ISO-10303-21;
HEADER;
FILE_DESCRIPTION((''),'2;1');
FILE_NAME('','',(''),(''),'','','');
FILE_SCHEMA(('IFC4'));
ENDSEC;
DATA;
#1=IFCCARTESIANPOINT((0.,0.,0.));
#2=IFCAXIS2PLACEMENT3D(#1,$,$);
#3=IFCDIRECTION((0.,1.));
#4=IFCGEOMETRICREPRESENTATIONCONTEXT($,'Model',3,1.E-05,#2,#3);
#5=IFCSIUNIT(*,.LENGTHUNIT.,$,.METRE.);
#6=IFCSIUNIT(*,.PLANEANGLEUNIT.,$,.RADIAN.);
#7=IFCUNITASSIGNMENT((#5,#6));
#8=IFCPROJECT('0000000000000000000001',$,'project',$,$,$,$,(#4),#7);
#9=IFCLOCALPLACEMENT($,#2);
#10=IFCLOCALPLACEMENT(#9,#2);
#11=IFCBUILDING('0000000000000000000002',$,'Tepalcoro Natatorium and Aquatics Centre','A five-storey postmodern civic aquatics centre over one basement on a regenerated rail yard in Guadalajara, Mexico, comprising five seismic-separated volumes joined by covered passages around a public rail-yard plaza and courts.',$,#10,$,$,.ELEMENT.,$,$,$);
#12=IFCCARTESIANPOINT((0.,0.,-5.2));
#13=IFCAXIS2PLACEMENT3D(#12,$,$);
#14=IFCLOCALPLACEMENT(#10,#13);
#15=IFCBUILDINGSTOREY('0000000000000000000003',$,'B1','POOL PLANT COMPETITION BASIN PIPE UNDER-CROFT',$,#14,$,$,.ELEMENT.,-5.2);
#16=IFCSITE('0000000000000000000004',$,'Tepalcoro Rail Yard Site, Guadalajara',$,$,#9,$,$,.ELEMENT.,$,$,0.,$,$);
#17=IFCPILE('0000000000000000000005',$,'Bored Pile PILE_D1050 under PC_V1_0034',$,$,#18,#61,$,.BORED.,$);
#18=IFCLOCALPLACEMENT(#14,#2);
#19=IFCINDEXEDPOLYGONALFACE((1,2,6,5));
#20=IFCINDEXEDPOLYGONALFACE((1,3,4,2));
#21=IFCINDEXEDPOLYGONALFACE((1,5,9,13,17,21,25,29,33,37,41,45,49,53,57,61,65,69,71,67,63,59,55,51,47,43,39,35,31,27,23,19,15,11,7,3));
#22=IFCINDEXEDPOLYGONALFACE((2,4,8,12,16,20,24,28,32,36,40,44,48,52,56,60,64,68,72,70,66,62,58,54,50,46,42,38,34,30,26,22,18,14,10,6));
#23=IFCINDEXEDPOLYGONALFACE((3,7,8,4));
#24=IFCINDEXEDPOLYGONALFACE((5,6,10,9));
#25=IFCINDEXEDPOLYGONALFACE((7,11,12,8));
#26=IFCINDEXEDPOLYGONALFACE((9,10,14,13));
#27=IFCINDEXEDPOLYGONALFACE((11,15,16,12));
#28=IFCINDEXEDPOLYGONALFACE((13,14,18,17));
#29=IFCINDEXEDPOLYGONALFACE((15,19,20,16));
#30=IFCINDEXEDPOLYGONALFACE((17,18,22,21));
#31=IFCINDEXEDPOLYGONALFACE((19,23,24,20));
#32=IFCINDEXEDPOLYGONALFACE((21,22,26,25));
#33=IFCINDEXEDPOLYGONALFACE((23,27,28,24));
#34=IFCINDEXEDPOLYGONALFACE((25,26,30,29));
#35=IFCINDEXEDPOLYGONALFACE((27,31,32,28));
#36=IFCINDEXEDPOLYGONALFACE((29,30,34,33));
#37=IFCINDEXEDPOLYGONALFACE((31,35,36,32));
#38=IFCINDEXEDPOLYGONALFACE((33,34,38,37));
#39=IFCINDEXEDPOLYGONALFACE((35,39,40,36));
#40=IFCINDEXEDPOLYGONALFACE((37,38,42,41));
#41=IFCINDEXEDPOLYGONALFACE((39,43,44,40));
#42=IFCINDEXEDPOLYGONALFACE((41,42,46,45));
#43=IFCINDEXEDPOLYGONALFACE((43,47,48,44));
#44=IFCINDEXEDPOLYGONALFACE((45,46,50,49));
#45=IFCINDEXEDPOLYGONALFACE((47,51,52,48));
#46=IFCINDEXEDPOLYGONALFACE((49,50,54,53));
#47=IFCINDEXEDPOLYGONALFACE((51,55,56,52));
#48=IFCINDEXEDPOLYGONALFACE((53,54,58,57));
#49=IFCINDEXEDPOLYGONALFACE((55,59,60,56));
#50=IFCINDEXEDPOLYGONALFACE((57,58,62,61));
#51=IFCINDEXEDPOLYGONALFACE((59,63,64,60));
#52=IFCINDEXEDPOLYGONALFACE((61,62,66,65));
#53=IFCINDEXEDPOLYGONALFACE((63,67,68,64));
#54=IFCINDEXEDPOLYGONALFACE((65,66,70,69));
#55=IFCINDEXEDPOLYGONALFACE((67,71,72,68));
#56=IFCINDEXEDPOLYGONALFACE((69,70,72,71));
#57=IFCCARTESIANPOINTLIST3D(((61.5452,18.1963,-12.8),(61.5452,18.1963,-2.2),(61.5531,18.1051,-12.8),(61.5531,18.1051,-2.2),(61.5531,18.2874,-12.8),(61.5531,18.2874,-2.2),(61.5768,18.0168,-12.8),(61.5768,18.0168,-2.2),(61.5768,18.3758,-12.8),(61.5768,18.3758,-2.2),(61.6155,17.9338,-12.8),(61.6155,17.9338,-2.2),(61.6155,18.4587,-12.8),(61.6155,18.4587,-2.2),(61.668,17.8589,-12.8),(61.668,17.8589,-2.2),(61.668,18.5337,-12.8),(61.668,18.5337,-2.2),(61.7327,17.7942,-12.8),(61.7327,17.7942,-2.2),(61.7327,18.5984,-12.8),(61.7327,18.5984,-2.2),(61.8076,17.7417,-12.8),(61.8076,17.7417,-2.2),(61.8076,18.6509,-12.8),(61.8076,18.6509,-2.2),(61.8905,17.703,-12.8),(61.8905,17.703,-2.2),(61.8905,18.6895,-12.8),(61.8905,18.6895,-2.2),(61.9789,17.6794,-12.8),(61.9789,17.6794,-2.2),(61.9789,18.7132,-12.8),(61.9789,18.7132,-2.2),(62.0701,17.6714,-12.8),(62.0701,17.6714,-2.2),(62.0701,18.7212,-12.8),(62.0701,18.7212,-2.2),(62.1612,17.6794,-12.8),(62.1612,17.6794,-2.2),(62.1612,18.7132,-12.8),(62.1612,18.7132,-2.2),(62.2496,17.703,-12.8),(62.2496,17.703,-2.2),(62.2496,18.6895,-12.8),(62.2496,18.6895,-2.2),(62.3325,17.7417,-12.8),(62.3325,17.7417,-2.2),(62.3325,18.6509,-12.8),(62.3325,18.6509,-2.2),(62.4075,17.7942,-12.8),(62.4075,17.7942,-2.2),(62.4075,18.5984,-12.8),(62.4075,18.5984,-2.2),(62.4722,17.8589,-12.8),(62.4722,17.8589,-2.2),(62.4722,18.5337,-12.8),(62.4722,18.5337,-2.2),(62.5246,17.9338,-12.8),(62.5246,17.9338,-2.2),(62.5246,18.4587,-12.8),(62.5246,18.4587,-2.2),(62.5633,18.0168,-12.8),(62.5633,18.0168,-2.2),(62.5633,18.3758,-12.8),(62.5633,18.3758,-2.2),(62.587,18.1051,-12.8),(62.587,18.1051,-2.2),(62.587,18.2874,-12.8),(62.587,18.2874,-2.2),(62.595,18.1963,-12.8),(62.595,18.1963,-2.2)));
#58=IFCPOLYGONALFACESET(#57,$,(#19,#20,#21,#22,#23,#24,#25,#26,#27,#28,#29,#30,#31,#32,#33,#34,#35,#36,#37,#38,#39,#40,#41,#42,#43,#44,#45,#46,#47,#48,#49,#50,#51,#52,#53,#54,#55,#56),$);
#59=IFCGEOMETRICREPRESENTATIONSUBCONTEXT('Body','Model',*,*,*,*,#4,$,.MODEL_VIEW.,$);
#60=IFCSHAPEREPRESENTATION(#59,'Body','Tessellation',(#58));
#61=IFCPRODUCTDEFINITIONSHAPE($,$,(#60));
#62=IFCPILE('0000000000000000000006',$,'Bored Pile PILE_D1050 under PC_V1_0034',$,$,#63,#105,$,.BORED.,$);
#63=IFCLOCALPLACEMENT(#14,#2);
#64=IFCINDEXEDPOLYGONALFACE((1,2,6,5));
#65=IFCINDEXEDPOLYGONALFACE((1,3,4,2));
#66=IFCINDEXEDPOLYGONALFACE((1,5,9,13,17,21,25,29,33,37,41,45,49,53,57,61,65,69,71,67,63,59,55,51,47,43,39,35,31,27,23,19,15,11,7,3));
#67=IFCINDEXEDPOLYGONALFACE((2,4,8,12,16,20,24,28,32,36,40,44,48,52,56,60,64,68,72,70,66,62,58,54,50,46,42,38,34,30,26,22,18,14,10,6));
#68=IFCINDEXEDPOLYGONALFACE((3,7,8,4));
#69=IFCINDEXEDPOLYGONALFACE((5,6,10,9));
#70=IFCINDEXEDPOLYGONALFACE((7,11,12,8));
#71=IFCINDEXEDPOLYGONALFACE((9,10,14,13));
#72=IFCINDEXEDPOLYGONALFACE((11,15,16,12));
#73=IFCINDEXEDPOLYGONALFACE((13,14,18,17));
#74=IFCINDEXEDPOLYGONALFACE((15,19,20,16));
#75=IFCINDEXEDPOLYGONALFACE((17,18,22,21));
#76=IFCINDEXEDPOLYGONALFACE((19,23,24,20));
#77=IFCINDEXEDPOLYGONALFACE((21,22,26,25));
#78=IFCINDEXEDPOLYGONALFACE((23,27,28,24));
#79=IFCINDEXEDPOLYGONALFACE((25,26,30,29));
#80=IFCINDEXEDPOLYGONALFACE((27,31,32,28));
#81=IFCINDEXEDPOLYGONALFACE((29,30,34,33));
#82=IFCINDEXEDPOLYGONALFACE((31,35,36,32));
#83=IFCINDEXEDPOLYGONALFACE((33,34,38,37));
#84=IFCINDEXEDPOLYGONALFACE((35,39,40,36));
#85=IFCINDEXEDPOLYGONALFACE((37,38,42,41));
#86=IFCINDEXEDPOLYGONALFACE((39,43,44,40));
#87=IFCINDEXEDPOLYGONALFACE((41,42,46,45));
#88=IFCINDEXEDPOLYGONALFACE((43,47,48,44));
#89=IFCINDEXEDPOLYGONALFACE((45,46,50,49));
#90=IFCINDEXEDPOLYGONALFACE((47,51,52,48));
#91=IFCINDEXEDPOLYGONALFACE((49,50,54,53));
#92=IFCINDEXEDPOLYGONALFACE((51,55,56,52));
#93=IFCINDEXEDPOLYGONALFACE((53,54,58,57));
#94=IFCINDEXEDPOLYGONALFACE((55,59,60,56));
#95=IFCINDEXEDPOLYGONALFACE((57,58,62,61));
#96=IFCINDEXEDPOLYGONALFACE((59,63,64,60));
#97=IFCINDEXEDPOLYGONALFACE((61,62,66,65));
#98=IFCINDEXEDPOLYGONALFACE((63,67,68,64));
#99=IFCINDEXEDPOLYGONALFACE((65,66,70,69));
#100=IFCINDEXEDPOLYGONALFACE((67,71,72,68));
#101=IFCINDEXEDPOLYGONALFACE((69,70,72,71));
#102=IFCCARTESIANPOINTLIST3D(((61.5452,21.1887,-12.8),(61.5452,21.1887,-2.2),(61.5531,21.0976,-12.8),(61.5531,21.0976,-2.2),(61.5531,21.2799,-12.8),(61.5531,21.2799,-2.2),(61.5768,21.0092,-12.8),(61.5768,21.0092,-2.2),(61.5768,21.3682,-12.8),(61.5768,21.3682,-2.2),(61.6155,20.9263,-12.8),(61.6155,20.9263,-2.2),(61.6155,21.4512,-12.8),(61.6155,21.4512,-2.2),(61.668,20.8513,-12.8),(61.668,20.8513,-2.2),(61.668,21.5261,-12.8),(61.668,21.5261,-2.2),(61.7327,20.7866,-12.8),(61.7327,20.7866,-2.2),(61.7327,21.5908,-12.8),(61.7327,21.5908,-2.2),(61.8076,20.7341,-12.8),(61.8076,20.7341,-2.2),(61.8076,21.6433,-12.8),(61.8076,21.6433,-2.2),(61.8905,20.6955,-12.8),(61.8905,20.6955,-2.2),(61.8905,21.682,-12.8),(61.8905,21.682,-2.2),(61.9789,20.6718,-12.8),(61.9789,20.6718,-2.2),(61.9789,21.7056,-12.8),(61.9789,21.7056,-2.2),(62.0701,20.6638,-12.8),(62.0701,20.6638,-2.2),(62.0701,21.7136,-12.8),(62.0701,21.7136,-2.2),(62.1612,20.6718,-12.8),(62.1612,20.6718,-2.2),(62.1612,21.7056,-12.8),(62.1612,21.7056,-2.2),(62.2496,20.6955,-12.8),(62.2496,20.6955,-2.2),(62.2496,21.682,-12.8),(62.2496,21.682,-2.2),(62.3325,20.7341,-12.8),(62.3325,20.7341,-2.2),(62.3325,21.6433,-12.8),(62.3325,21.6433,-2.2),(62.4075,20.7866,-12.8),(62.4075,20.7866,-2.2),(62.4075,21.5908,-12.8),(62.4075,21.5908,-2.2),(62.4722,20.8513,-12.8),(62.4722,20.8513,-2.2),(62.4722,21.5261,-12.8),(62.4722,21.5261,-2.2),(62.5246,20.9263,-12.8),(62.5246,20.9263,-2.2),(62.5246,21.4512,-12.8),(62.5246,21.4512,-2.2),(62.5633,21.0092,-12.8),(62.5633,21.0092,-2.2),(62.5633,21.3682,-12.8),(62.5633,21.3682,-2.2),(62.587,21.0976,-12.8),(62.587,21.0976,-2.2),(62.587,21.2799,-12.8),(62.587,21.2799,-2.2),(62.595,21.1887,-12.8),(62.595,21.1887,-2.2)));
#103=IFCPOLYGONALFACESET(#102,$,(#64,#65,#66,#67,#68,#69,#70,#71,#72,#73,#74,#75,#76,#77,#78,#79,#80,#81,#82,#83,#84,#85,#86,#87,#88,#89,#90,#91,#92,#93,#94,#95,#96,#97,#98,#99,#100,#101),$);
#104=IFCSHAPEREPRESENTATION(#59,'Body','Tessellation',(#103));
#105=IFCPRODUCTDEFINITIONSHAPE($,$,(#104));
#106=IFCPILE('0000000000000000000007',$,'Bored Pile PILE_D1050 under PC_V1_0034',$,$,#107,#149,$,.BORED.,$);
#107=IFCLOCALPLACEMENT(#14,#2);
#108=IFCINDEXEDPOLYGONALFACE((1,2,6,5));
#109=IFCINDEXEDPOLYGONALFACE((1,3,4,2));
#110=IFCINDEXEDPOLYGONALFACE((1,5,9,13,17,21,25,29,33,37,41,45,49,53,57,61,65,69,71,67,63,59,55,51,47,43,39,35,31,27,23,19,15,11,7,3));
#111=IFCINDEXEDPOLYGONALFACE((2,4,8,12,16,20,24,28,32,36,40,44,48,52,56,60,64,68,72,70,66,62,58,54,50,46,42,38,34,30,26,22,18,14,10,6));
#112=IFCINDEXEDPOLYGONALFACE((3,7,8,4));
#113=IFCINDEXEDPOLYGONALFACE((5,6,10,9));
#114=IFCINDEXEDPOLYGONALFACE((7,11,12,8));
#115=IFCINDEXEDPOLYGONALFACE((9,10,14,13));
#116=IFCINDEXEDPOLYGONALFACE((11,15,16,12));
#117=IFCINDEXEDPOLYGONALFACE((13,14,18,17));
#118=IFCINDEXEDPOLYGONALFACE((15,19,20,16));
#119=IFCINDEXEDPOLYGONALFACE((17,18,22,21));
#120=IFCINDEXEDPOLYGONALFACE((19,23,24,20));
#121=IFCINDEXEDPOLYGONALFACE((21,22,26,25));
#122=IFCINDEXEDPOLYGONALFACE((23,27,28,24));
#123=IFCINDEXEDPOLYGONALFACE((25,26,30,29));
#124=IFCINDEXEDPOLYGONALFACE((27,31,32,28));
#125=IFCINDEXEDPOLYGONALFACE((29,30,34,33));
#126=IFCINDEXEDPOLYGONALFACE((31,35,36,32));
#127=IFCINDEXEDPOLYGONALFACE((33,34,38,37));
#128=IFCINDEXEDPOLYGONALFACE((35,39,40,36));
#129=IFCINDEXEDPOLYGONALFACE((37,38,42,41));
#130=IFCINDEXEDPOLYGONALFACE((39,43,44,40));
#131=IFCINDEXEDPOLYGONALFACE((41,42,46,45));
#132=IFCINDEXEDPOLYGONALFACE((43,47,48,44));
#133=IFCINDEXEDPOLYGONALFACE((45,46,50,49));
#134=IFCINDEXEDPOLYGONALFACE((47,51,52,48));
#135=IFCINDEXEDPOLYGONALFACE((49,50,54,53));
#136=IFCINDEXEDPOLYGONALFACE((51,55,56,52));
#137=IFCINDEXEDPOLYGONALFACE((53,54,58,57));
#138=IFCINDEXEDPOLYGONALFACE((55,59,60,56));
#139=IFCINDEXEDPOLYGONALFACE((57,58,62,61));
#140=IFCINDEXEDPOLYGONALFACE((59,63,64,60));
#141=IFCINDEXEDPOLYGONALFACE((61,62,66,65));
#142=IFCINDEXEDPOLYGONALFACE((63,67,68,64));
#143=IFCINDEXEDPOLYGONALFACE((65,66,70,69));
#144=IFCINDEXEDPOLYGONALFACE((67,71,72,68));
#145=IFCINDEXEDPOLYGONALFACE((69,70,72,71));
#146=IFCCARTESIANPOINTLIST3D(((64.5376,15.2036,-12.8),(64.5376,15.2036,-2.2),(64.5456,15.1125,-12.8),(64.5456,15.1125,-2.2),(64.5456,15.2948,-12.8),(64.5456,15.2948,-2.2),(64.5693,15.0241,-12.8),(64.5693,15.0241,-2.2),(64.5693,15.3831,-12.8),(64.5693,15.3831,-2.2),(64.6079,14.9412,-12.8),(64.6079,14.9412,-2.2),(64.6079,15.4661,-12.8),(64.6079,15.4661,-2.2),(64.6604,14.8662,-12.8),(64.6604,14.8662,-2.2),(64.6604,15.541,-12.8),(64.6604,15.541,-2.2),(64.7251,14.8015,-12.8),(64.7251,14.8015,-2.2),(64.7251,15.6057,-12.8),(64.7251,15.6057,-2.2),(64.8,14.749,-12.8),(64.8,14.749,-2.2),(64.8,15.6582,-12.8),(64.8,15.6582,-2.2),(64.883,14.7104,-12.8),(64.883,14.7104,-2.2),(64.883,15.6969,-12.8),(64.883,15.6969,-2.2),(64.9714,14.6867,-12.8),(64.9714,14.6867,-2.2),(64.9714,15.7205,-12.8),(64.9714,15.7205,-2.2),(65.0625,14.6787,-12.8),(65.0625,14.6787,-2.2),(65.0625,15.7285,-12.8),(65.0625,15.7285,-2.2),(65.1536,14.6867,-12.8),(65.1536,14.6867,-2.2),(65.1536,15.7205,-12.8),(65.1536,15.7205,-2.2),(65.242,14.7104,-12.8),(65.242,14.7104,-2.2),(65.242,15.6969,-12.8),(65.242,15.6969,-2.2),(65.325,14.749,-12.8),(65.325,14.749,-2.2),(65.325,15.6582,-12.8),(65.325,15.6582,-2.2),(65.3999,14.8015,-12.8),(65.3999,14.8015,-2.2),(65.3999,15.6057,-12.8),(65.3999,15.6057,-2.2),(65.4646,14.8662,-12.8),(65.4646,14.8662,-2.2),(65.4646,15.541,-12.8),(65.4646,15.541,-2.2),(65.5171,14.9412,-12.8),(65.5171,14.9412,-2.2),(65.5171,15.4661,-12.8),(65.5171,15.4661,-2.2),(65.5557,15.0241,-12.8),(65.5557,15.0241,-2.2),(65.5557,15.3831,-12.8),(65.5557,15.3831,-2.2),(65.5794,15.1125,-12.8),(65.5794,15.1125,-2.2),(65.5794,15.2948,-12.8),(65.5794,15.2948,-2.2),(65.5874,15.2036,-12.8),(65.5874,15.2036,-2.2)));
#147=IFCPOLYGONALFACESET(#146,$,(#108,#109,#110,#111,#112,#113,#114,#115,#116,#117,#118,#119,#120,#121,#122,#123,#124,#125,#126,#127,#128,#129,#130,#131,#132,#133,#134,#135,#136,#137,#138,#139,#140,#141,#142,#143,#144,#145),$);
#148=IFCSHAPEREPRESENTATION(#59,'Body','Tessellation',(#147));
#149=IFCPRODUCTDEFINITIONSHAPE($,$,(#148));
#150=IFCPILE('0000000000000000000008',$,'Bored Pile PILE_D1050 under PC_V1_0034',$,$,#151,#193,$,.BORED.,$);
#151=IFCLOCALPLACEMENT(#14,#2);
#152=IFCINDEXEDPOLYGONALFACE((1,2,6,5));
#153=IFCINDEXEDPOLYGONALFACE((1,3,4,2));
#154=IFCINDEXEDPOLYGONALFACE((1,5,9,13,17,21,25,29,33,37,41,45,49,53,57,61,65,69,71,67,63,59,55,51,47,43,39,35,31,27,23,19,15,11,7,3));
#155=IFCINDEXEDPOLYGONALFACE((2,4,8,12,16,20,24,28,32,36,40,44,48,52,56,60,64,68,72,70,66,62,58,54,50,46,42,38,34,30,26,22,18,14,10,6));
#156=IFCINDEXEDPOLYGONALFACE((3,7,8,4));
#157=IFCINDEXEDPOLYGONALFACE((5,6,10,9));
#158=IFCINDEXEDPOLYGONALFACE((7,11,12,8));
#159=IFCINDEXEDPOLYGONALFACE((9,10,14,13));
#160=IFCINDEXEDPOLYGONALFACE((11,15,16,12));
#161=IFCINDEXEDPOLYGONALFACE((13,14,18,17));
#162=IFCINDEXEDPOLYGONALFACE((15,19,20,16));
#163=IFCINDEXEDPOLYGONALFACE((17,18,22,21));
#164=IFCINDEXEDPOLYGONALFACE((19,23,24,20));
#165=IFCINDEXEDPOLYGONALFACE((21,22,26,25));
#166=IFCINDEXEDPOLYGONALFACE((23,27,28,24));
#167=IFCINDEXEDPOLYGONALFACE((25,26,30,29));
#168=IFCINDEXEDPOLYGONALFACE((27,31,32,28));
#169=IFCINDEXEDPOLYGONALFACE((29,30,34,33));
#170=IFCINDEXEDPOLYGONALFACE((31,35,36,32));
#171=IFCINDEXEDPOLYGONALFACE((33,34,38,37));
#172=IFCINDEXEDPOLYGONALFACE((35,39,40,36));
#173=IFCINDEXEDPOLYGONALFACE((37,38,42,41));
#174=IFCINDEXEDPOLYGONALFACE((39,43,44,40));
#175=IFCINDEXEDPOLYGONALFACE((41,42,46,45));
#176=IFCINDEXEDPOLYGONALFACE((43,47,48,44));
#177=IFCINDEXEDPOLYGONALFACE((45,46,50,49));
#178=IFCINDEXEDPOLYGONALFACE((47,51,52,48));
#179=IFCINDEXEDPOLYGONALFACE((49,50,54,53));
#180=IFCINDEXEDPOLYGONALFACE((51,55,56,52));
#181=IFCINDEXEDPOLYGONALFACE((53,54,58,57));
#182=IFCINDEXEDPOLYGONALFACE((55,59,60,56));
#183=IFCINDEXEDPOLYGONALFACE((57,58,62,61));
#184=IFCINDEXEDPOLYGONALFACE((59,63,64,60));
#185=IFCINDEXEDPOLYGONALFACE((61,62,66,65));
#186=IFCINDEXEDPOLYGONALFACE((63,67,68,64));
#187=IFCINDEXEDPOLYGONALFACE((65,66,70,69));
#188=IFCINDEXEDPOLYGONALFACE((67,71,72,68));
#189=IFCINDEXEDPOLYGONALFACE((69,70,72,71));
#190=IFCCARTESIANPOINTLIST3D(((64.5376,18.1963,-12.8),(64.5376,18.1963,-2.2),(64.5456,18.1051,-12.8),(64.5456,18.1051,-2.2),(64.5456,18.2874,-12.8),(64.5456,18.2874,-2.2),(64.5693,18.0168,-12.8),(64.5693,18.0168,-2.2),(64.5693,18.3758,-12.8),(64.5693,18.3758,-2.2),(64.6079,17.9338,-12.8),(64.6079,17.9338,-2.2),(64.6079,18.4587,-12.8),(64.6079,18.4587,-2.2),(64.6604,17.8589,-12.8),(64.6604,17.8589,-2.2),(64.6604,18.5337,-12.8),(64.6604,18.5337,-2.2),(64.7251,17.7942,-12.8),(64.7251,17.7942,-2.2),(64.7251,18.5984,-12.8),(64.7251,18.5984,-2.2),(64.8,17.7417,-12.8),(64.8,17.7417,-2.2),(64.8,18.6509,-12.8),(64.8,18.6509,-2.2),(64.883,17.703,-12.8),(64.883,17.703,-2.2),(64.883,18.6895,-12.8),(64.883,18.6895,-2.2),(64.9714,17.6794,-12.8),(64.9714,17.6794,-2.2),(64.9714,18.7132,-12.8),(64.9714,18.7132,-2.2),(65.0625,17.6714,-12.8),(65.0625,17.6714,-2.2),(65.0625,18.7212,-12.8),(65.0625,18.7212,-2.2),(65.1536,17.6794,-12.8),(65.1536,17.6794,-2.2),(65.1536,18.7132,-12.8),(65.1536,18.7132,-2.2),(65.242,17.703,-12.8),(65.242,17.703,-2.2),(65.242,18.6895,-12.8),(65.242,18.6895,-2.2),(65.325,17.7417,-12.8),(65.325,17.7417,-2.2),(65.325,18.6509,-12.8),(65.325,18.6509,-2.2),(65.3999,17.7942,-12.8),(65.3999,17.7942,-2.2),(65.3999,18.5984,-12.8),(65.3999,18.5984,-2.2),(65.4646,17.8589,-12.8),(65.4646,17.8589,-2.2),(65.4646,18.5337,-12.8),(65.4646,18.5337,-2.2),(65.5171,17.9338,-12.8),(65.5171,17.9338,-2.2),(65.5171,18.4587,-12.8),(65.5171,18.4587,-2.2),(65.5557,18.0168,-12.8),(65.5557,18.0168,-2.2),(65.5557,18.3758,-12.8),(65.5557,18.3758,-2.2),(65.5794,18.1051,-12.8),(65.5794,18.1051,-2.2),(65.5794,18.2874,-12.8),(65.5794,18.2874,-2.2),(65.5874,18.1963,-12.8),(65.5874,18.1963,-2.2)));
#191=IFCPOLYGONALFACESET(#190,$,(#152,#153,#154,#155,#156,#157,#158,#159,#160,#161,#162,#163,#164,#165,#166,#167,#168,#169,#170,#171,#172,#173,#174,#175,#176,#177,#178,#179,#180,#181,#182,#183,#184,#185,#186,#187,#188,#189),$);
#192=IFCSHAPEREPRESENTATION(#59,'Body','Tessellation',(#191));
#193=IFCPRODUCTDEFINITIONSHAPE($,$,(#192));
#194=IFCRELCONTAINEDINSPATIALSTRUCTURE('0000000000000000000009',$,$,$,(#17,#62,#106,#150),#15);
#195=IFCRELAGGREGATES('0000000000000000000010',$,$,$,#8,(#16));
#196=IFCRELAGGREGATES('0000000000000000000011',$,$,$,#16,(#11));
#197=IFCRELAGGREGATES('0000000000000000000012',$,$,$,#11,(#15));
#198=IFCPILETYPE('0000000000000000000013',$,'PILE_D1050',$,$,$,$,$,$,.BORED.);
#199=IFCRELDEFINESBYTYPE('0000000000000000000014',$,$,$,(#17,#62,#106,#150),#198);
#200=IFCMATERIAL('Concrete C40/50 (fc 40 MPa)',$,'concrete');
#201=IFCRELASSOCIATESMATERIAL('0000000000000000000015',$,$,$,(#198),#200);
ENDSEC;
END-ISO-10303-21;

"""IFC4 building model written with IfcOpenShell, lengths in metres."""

from ifc_helpers import new_model, si_unit, direction, frame, origin, origin_2d, place, context, subcontext, project, spatial, circle, extrude, material, material_profile, profile_set, type_object, element, save


model = new_model("IFC4")

# Units and contexts
model_context = context("Model", 3, precision=1e-05, world=origin(), true_north=direction((0.0, 1.0)))
body_context = subcontext(model_context, "Body", "Model", "MODEL_VIEW")
ifc_project = project(units=[si_unit("LENGTHUNIT", "METRE"), si_unit("PLANEANGLEUNIT", "RADIAN")], contexts=[model_context])

# Site, building, storey
site_placement = place(None, origin())
site = spatial("IfcSite", under=ifc_project, at=site_placement, Name="Tepalcoro Rail Yard Site, Guadalajara", CompositionType="ELEMENT", RefElevation=0.0)
building_placement = place(site_placement, origin())
building = spatial("IfcBuilding", under=site, at=building_placement, Name="Tepalcoro Natatorium and Aquatics Centre", Description="A five-storey postmodern civic aquatics centre over one basement on a regenerated rail yard in Guadalajara, Mexico, comprising five seismic-separated volumes joined by covered passages around a public rail-yard plaza and courts.", CompositionType="ELEMENT")
storey_placement = place(building_placement, frame((0.0, 0.0, -5.2)))
storey = spatial("IfcBuildingStorey", under=building, at=storey_placement, Name="B1", Description="POOL PLANT COMPETITION BASIN PIPE UNDER-CROFT", CompositionType="ELEMENT", Elevation=-5.2)

# Piles
ifc_material_1 = material(Name="Concrete C40/50 (fc 40 MPa)", Category="concrete")
ifc_material_profile_1 = material_profile(ifc_material_1, circle(Radius=0.5249, at=origin_2d()), Name="PILE_D1050")
ifc_profile_set_1 = profile_set([ifc_material_profile_1], Name="Concrete C40/50 (fc 40 MPa)")
pile_type_1 = type_object("IfcPileType", Name="PILE_D1050", PredefinedType="BORED", material=ifc_profile_set_1)
for number, where, z_axis, x_axis, name in (
    (1, (62.0701, 18.1963, -2.2), (0.0, 0.0, -1.0), (1.0, 0.0, 0.0), "Bored Pile PILE_D1050 under PC_V1_0034"),
    (2, (62.0701, 21.1887, -2.2), (0.0, 0.0, -1.0), (1.0, 0.0, 0.0), "Bored Pile PILE_D1050 under PC_V1_0034"),
    (3, (65.0625, 15.2036, -2.2), (0.0, 0.0, -1.0), (1.0, 0.0, 0.0), "Bored Pile PILE_D1050 under PC_V1_0034"),
    (4, (65.0625, 18.1963, -2.2), (0.0, 0.0, -1.0), (1.0, 0.0, 0.0), "Bored Pile PILE_D1050 under PC_V1_0034"),
):
    element("IfcPile", number, at=place(storey_placement, frame(where, z_axis=z_axis, x_axis=x_axis)), inside=storey, type_object=pile_type_1, Name=name, PredefinedType="BORED", context=body_context, shape_type="SweptSolid", body=[
        extrude(circle(Radius=0.5249, at=origin_2d()), origin(), (0.0, 0.0, 1.0), 10.6001),
    ])

save(model, "model.ifc")
